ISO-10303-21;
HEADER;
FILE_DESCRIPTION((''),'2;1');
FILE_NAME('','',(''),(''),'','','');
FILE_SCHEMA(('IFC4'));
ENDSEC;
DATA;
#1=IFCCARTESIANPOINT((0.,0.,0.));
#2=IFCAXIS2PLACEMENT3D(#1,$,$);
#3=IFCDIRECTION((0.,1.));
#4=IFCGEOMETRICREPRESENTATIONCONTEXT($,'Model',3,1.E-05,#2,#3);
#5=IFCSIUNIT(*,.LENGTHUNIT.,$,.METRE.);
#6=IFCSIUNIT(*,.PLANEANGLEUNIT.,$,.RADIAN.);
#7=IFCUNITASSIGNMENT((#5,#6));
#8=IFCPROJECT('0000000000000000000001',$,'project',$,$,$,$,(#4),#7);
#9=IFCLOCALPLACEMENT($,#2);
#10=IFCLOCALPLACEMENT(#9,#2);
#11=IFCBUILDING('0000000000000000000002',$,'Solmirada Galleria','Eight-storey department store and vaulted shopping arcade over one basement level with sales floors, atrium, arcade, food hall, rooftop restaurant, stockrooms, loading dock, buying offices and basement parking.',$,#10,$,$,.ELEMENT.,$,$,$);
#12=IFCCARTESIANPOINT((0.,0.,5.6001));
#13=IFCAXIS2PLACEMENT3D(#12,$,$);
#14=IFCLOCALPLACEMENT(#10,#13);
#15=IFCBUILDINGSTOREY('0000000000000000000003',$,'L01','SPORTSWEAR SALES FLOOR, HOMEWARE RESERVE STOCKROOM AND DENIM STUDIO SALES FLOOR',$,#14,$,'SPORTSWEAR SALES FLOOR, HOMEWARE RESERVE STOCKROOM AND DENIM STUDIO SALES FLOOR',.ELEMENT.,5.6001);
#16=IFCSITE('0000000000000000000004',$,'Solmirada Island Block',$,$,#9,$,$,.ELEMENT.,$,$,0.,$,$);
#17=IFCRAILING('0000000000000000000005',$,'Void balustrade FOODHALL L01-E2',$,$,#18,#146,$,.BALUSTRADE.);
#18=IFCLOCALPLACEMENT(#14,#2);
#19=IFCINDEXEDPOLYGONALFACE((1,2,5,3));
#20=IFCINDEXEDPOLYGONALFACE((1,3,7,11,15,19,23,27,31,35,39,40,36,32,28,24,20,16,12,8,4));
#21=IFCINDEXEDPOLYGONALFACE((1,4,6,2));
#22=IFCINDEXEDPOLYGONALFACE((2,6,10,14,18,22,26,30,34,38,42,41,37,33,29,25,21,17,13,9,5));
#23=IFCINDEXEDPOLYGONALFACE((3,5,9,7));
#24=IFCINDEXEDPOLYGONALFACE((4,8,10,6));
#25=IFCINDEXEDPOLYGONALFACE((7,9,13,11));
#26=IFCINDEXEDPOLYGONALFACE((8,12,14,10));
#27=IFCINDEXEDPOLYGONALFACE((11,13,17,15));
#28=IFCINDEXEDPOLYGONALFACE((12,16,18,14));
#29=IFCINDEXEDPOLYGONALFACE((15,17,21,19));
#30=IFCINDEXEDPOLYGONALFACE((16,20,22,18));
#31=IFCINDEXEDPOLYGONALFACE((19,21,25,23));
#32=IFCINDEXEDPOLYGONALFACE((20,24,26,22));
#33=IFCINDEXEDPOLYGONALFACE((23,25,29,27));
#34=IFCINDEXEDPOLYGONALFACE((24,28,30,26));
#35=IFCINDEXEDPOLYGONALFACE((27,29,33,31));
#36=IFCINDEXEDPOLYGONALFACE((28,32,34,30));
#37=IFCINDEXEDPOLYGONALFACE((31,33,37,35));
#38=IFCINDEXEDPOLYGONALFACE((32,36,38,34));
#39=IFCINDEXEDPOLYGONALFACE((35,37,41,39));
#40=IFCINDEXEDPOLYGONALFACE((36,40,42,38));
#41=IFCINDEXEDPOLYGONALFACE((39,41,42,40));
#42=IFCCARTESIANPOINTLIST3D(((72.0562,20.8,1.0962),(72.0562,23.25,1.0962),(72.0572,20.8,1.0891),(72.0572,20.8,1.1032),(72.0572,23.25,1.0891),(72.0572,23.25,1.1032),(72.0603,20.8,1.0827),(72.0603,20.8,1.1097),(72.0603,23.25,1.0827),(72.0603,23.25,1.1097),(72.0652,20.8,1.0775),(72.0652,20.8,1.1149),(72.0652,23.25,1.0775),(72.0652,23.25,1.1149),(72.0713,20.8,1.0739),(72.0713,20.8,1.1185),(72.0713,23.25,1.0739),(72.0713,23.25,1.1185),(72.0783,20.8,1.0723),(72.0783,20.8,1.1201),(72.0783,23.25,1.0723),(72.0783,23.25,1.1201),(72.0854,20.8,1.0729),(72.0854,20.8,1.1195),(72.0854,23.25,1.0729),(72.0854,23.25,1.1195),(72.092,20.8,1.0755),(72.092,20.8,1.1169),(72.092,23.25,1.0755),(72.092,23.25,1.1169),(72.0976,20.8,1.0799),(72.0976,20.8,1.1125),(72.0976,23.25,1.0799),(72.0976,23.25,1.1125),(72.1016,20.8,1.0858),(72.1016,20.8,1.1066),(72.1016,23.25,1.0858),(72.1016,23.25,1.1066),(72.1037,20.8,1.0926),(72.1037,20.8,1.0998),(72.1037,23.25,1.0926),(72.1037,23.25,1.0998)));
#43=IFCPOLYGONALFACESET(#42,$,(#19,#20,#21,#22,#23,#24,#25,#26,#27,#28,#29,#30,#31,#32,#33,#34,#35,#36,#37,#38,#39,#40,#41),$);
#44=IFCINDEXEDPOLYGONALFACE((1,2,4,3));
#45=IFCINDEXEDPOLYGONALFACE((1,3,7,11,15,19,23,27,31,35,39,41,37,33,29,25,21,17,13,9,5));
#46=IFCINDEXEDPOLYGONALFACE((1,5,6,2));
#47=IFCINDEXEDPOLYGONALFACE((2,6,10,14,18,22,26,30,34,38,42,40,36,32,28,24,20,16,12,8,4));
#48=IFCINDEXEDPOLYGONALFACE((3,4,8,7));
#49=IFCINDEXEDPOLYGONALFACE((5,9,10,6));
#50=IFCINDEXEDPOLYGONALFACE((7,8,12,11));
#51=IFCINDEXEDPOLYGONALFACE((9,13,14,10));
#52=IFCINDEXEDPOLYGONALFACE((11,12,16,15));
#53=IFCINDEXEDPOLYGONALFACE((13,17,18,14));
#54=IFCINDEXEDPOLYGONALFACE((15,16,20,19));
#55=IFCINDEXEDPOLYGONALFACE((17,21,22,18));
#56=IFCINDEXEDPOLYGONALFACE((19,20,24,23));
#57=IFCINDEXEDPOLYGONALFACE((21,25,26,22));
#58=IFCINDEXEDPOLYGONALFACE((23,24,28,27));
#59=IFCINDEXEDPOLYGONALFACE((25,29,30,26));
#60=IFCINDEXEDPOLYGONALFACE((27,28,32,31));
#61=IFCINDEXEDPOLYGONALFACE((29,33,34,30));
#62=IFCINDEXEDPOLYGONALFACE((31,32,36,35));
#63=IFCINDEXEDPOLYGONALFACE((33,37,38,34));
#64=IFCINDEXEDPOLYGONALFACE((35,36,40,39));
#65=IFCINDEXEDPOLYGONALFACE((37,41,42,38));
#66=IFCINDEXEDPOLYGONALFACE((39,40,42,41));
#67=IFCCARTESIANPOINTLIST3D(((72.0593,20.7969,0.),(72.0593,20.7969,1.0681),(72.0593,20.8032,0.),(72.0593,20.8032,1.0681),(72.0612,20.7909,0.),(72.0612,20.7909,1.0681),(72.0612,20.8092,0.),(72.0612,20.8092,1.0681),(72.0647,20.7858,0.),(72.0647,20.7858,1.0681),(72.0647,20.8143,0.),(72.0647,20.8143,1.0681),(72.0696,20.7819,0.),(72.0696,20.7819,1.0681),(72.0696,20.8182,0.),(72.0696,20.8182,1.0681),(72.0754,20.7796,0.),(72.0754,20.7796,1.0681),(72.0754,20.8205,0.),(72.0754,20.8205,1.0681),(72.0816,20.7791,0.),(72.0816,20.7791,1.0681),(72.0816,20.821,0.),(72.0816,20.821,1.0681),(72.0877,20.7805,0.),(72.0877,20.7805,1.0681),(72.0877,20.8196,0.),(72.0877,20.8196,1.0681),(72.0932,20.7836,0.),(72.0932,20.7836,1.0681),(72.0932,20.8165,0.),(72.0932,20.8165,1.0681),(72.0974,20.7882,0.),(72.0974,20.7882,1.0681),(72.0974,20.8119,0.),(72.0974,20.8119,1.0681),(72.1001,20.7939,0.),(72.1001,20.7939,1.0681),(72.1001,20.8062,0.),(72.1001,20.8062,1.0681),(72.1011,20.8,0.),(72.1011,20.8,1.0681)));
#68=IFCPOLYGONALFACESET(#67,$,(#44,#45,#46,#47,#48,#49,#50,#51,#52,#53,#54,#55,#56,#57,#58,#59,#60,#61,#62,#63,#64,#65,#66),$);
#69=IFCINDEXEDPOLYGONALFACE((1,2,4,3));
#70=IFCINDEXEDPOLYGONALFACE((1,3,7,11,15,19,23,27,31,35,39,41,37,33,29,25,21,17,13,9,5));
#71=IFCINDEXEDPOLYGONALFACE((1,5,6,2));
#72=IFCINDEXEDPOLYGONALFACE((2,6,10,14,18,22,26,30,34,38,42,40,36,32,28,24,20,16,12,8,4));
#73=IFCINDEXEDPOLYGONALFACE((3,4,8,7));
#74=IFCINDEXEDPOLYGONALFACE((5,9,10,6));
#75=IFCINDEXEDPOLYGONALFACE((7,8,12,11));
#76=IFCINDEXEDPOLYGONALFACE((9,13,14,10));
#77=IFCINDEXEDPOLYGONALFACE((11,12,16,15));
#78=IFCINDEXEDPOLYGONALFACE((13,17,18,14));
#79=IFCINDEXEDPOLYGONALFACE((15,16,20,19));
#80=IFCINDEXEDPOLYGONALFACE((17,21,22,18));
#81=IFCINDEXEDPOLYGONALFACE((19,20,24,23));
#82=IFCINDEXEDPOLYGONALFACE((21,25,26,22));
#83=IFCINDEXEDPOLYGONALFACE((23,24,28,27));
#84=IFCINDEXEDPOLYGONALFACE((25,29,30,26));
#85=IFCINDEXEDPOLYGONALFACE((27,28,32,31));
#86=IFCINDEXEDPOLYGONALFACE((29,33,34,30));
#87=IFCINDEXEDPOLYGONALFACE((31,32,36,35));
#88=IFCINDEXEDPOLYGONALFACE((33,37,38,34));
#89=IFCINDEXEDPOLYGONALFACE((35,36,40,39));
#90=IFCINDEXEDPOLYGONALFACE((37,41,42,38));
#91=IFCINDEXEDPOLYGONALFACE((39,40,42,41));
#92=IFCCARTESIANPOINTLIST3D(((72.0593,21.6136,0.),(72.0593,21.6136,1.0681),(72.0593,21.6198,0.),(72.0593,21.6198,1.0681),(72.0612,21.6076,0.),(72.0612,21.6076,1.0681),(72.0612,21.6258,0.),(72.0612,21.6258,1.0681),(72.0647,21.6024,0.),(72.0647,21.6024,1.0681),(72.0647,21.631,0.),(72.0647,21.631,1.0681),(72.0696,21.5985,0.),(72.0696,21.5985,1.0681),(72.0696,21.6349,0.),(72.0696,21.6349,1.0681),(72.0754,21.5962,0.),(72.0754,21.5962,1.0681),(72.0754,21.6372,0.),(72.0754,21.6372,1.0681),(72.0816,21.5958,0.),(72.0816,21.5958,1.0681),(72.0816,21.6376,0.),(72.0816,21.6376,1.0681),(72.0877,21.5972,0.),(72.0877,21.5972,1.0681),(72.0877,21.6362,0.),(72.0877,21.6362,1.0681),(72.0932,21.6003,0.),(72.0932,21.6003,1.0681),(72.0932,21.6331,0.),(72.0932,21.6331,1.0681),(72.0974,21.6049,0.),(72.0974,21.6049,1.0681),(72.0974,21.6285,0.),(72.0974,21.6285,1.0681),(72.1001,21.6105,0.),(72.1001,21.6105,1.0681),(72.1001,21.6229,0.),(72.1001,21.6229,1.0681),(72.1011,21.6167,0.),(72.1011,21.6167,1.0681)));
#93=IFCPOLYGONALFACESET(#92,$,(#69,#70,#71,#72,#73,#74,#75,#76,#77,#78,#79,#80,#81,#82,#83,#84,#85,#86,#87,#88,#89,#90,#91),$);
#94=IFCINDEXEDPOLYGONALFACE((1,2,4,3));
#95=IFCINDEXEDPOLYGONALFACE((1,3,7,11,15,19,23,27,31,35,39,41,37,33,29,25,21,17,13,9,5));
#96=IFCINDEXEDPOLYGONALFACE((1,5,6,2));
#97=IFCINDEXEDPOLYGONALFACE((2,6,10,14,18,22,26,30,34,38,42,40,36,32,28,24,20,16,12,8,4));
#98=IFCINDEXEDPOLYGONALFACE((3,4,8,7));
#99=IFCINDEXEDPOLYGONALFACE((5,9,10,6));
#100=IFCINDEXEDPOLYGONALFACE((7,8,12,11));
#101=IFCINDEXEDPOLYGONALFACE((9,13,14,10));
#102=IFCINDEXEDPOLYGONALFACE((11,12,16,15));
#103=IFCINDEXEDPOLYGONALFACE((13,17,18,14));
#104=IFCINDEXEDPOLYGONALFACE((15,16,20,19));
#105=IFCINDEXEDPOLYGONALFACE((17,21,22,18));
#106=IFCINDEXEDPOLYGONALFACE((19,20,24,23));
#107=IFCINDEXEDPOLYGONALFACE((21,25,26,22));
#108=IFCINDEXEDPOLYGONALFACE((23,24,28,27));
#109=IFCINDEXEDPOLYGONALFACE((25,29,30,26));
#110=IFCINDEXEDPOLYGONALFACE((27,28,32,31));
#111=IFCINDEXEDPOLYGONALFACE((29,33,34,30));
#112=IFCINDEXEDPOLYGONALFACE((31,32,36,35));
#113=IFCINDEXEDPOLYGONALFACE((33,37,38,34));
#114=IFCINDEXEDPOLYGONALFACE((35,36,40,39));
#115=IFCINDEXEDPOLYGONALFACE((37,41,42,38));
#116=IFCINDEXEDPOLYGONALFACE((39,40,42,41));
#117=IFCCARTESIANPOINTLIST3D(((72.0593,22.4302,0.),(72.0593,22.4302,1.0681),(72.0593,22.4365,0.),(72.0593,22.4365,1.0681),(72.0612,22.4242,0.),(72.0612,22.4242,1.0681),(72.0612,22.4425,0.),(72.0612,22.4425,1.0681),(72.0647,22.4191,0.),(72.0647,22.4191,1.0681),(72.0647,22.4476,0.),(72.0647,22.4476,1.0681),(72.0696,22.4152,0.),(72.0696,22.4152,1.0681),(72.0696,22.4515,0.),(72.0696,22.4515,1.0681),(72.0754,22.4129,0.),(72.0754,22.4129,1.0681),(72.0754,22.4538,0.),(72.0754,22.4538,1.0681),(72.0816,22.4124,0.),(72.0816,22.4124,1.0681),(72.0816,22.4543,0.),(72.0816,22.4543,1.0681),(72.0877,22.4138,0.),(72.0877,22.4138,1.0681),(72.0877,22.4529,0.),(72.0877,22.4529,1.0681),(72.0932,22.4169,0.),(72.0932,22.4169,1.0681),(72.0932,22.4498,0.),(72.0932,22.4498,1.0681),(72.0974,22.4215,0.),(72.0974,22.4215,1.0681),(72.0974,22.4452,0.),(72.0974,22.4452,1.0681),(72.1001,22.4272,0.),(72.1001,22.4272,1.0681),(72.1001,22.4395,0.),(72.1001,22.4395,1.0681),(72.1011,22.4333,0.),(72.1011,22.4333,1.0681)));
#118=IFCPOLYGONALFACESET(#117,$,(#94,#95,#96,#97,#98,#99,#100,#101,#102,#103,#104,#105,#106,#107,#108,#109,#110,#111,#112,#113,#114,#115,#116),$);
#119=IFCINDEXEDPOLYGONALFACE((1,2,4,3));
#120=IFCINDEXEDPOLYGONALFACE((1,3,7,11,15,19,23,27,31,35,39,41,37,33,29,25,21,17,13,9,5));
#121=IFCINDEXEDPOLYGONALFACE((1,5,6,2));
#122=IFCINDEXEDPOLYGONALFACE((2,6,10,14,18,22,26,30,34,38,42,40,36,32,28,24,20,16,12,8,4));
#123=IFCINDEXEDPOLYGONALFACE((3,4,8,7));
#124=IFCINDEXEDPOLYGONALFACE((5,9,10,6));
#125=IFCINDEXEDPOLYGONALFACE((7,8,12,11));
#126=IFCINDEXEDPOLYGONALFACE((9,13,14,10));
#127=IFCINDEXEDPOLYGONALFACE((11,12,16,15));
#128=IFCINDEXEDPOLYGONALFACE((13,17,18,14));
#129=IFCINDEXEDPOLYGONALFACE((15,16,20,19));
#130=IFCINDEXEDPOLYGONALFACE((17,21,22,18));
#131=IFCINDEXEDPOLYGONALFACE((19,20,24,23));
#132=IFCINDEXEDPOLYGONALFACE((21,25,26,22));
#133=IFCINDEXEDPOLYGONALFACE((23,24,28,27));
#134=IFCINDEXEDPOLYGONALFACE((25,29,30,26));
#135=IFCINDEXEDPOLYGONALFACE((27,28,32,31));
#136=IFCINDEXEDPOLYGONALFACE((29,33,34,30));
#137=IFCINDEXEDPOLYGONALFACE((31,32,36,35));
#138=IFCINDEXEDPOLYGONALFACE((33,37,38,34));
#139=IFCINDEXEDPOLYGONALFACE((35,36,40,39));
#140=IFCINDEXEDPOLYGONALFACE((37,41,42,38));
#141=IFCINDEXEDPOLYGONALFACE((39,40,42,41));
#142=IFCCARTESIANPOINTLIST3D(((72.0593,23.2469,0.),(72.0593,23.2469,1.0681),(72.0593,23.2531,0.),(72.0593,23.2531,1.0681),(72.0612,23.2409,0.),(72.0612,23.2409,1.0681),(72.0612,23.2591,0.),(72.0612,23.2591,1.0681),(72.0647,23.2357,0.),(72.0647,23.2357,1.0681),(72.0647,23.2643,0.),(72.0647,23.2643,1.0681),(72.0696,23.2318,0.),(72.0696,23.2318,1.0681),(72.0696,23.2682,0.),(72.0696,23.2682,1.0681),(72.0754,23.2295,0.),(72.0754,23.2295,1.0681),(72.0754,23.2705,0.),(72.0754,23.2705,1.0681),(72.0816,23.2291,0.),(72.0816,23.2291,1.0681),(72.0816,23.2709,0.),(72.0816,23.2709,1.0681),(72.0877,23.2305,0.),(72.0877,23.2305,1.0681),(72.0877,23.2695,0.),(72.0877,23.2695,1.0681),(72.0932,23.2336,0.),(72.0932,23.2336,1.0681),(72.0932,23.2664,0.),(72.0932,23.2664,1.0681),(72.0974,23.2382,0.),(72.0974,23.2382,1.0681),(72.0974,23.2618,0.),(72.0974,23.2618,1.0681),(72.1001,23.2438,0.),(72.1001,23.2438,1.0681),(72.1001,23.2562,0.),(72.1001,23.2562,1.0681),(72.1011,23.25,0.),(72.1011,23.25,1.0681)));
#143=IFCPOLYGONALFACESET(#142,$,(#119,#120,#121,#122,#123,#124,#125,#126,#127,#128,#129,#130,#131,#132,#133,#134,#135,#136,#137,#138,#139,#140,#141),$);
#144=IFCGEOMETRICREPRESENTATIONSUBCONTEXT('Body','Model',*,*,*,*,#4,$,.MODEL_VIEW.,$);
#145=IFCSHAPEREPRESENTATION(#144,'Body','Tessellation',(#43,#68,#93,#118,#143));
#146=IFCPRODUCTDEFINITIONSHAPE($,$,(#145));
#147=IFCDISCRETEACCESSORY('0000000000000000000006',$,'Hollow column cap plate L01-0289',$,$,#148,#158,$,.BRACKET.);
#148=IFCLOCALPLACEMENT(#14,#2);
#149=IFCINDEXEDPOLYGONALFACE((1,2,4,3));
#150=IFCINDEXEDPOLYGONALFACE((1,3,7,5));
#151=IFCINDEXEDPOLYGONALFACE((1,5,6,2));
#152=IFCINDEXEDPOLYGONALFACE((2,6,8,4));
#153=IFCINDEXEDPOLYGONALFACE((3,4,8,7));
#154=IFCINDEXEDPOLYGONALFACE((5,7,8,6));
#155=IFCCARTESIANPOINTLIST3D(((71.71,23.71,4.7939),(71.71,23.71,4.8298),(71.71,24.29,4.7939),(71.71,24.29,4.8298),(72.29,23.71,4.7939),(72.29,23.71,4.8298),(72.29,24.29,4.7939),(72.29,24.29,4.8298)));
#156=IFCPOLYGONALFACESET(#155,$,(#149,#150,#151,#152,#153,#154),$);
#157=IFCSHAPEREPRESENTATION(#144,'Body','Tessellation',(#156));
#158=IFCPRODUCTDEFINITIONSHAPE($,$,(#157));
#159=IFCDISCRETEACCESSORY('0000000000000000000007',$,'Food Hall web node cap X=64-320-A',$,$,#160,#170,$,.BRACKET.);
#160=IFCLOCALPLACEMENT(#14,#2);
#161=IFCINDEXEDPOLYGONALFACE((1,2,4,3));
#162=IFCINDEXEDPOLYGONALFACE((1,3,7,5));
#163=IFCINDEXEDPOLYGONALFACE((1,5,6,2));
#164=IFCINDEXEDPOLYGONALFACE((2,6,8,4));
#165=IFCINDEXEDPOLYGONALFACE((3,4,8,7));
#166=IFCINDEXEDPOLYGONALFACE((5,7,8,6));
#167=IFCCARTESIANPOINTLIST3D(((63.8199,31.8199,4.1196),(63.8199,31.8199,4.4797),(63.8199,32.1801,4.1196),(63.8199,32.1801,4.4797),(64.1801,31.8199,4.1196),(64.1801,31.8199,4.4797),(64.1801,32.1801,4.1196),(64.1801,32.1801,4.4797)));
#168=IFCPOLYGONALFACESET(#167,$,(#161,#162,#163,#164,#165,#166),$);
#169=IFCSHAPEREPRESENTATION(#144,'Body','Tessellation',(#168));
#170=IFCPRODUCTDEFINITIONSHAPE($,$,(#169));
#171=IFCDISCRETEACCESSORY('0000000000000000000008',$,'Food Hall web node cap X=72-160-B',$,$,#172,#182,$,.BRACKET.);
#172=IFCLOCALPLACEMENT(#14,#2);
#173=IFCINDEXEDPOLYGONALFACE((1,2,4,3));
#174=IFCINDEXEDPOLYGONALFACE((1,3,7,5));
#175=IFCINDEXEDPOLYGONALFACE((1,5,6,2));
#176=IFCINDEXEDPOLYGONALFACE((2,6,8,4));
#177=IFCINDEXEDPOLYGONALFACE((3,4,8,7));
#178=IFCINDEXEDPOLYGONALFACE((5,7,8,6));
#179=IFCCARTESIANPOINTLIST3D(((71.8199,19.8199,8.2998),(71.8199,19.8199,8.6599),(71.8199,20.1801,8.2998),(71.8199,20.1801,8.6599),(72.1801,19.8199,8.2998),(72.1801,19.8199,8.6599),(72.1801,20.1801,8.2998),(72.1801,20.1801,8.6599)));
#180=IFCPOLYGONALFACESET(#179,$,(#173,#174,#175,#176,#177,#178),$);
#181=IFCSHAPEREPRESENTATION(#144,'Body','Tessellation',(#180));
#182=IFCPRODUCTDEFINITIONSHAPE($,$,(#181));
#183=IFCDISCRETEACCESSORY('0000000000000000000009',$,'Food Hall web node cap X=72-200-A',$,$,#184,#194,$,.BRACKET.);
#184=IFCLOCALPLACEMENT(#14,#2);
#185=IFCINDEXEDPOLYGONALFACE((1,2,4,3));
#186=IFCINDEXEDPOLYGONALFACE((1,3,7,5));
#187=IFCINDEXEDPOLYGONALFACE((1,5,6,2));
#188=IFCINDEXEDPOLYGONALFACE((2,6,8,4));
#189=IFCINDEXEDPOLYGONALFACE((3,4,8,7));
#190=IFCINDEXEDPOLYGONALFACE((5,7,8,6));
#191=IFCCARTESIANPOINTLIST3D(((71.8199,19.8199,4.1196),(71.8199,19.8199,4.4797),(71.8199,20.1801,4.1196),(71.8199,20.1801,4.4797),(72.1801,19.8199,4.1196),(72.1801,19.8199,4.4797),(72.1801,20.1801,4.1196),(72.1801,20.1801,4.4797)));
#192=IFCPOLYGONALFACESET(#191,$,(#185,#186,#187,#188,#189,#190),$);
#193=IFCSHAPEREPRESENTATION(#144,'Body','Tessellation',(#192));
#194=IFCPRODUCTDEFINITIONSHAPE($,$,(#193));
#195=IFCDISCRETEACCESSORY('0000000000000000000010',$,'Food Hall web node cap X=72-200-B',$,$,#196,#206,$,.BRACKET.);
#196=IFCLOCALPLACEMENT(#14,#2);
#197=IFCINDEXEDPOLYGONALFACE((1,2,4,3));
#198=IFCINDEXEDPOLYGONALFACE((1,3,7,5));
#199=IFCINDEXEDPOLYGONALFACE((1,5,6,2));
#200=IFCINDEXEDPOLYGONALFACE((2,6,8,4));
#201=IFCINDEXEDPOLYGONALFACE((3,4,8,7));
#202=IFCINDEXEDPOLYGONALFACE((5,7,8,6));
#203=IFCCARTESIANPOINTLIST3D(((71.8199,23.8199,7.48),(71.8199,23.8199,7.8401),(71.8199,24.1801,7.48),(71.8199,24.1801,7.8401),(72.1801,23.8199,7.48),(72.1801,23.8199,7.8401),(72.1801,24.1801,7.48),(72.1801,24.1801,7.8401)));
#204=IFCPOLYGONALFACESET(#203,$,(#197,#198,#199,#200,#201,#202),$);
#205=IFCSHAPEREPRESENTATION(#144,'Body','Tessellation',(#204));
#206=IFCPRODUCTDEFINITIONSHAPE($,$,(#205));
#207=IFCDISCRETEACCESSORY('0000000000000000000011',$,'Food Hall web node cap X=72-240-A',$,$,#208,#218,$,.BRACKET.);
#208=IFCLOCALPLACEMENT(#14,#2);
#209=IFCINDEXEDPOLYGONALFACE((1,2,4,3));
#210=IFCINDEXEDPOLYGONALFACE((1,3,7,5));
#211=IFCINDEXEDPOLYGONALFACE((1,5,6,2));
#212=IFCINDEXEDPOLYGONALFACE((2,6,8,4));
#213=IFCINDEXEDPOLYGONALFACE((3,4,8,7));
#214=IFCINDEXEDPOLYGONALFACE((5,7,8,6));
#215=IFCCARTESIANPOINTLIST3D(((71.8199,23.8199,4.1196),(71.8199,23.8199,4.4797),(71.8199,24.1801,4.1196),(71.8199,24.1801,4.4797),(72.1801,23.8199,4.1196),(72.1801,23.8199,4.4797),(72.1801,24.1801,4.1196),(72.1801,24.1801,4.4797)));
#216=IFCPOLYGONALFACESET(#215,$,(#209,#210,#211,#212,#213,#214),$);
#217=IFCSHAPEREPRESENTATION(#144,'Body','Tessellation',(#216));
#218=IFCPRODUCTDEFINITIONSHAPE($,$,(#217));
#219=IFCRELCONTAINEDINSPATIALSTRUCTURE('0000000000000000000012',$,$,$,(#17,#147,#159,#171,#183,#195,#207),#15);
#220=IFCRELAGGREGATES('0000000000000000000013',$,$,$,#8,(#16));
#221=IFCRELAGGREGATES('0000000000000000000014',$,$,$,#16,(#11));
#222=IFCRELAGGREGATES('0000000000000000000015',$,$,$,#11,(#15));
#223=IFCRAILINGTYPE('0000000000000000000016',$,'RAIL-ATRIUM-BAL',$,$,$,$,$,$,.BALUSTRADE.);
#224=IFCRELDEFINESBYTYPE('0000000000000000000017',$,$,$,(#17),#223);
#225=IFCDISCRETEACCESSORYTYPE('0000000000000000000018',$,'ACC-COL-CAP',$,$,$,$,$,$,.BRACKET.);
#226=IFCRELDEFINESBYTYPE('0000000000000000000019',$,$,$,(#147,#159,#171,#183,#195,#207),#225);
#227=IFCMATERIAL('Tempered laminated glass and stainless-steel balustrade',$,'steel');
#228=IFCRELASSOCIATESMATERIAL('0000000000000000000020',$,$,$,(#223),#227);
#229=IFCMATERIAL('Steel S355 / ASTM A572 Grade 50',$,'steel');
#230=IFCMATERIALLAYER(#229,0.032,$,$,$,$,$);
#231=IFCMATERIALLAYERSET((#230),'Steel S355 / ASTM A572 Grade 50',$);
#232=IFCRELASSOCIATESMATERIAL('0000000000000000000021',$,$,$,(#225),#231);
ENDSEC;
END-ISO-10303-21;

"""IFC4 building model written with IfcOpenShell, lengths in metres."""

from ifc_helpers import new_model, si_unit, direction, frame, origin, origin_2d, place, context, subcontext, project, spatial, rectangle, circle, extrude, material, layer, layer_set, type_object, element, save


model = new_model("IFC4")

# Units and contexts
model_context = context("Model", 3, precision=1e-05, world=origin(), true_north=direction((0.0, 1.0)))
body_context = subcontext(model_context, "Body", "Model", "MODEL_VIEW")
ifc_project = project(units=[si_unit("LENGTHUNIT", "METRE"), si_unit("PLANEANGLEUNIT", "RADIAN")], contexts=[model_context])

# Site, building, storey
site_placement = place(None, origin())
site = spatial("IfcSite", under=ifc_project, at=site_placement, Name="Solmirada Island Block", CompositionType="ELEMENT", RefElevation=0.0)
building_placement = place(site_placement, origin())
building = spatial("IfcBuilding", under=site, at=building_placement, Name="Solmirada Galleria", Description="Eight-storey department store and vaulted shopping arcade over one basement level with sales floors, atrium, arcade, food hall, rooftop restaurant, stockrooms, loading dock, buying offices and basement parking.", CompositionType="ELEMENT")
storey_placement = place(building_placement, frame((0.0, 0.0, 5.6001)))
storey = spatial("IfcBuildingStorey", under=building, at=storey_placement, Name="L01", Description="SPORTSWEAR SALES FLOOR, HOMEWARE RESERVE STOCKROOM AND DENIM STUDIO SALES FLOOR", LongName="SPORTSWEAR SALES FLOOR, HOMEWARE RESERVE STOCKROOM AND DENIM STUDIO SALES FLOOR", CompositionType="ELEMENT", Elevation=5.6001)

# Railing
ifc_material_1 = material(Name="Tempered laminated glass and stainless-steel balustrade", Category="steel")
railing_type = type_object("IfcRailingType", Name="RAIL-ATRIUM-BAL", PredefinedType="BALUSTRADE", material=ifc_material_1)
railing_1_placement = place(storey_placement, frame((72.0801, 20.8, 0.0)))
element("IfcRailing", 1, at=railing_1_placement, inside=storey, type_object=railing_type, Name="Void balustrade FOODHALL L01-E2", PredefinedType="BALUSTRADE", context=body_context, shape_type="SweptSolid", body=[
    extrude(circle(Radius=0.0239, at=origin_2d()), frame((0.0, 0.0, 1.0962), z_axis=(0.0, 1.0, 0.0), x_axis=(-1.0, 0.0, 0.0)), (0.0, 0.0, 1.0), 2.45),
    extrude(circle(Radius=0.021, at=origin_2d()), origin(), (0.0, 0.0, 1.0), 1.0681),
    extrude(circle(Radius=0.021, at=origin_2d()), frame((0.0, 0.8167, 0.0)), (0.0, 0.0, 1.0), 1.0681),
    extrude(circle(Radius=0.021, at=origin_2d()), frame((0.0, 1.6333, 0.0)), (0.0, 0.0, 1.0), 1.0681),
    extrude(circle(Radius=0.021, at=origin_2d()), frame((0.0, 2.45, 0.0)), (0.0, 0.0, 1.0), 1.0681),
])

# Discrete accessories
ifc_material_2 = material(Name="Steel S355 / ASTM A572 Grade 50", Category="steel")
ifc_layer_1 = layer(ifc_material_2, 0.032)
ifc_layer_set_1 = layer_set([ifc_layer_1], Name="Steel S355 / ASTM A572 Grade 50")
discrete_accessory_type = type_object("IfcDiscreteAccessoryType", Name="ACC-COL-CAP", PredefinedType="BRACKET", material=ifc_layer_set_1)
discrete_accessory_placement = place(storey_placement, frame((72.0, 24.0, 4.7939), z_axis=(0.0, 0.0, 1.0), x_axis=(1.0, 0.0, 0.0)))
element("IfcDiscreteAccessory", 2, at=discrete_accessory_placement, inside=storey, type_object=discrete_accessory_type, Name="Hollow column cap plate L01-0289", PredefinedType="BRACKET", context=body_context, shape_type="SweptSolid", body=[
    extrude(rectangle(XDim=0.5801, YDim=0.5801, at=origin_2d()), origin(), (0.0, 0.0, 1.0), 0.0359),
])
for number, where, z_axis, x_axis, name in (
    (3, (64.0, 32.0, 4.1196), (0.0, 0.0, 1.0), (1.0, 0.0, 0.0), "Food Hall web node cap X=64-320-A"),
    (4, (72.0, 20.0, 8.2998), (0.0, 0.0, 1.0), (1.0, 0.0, 0.0), "Food Hall web node cap X=72-160-B"),
    (5, (72.0, 20.0, 4.1196), (0.0, 0.0, 1.0), (1.0, 0.0, 0.0), "Food Hall web node cap X=72-200-A"),
    (6, (72.0, 24.0, 7.48), (0.0, 0.0, 1.0), (1.0, 0.0, 0.0), "Food Hall web node cap X=72-200-B"),
    (7, (72.0, 24.0, 4.1196), (0.0, 0.0, 1.0), (1.0, 0.0, 0.0), "Food Hall web node cap X=72-240-A"),
):
    element("IfcDiscreteAccessory", number, at=place(storey_placement, frame(where, z_axis=z_axis, x_axis=x_axis)), inside=storey, type_object=discrete_accessory_type, Name=name, PredefinedType="BRACKET", context=body_context, shape_type="SweptSolid", body=[
        extrude(rectangle(XDim=0.3601, YDim=0.3601, at=origin_2d()), origin(), (0.0, 0.0, 1.0), 0.3601),
    ])

save(model, "model.ifc")
